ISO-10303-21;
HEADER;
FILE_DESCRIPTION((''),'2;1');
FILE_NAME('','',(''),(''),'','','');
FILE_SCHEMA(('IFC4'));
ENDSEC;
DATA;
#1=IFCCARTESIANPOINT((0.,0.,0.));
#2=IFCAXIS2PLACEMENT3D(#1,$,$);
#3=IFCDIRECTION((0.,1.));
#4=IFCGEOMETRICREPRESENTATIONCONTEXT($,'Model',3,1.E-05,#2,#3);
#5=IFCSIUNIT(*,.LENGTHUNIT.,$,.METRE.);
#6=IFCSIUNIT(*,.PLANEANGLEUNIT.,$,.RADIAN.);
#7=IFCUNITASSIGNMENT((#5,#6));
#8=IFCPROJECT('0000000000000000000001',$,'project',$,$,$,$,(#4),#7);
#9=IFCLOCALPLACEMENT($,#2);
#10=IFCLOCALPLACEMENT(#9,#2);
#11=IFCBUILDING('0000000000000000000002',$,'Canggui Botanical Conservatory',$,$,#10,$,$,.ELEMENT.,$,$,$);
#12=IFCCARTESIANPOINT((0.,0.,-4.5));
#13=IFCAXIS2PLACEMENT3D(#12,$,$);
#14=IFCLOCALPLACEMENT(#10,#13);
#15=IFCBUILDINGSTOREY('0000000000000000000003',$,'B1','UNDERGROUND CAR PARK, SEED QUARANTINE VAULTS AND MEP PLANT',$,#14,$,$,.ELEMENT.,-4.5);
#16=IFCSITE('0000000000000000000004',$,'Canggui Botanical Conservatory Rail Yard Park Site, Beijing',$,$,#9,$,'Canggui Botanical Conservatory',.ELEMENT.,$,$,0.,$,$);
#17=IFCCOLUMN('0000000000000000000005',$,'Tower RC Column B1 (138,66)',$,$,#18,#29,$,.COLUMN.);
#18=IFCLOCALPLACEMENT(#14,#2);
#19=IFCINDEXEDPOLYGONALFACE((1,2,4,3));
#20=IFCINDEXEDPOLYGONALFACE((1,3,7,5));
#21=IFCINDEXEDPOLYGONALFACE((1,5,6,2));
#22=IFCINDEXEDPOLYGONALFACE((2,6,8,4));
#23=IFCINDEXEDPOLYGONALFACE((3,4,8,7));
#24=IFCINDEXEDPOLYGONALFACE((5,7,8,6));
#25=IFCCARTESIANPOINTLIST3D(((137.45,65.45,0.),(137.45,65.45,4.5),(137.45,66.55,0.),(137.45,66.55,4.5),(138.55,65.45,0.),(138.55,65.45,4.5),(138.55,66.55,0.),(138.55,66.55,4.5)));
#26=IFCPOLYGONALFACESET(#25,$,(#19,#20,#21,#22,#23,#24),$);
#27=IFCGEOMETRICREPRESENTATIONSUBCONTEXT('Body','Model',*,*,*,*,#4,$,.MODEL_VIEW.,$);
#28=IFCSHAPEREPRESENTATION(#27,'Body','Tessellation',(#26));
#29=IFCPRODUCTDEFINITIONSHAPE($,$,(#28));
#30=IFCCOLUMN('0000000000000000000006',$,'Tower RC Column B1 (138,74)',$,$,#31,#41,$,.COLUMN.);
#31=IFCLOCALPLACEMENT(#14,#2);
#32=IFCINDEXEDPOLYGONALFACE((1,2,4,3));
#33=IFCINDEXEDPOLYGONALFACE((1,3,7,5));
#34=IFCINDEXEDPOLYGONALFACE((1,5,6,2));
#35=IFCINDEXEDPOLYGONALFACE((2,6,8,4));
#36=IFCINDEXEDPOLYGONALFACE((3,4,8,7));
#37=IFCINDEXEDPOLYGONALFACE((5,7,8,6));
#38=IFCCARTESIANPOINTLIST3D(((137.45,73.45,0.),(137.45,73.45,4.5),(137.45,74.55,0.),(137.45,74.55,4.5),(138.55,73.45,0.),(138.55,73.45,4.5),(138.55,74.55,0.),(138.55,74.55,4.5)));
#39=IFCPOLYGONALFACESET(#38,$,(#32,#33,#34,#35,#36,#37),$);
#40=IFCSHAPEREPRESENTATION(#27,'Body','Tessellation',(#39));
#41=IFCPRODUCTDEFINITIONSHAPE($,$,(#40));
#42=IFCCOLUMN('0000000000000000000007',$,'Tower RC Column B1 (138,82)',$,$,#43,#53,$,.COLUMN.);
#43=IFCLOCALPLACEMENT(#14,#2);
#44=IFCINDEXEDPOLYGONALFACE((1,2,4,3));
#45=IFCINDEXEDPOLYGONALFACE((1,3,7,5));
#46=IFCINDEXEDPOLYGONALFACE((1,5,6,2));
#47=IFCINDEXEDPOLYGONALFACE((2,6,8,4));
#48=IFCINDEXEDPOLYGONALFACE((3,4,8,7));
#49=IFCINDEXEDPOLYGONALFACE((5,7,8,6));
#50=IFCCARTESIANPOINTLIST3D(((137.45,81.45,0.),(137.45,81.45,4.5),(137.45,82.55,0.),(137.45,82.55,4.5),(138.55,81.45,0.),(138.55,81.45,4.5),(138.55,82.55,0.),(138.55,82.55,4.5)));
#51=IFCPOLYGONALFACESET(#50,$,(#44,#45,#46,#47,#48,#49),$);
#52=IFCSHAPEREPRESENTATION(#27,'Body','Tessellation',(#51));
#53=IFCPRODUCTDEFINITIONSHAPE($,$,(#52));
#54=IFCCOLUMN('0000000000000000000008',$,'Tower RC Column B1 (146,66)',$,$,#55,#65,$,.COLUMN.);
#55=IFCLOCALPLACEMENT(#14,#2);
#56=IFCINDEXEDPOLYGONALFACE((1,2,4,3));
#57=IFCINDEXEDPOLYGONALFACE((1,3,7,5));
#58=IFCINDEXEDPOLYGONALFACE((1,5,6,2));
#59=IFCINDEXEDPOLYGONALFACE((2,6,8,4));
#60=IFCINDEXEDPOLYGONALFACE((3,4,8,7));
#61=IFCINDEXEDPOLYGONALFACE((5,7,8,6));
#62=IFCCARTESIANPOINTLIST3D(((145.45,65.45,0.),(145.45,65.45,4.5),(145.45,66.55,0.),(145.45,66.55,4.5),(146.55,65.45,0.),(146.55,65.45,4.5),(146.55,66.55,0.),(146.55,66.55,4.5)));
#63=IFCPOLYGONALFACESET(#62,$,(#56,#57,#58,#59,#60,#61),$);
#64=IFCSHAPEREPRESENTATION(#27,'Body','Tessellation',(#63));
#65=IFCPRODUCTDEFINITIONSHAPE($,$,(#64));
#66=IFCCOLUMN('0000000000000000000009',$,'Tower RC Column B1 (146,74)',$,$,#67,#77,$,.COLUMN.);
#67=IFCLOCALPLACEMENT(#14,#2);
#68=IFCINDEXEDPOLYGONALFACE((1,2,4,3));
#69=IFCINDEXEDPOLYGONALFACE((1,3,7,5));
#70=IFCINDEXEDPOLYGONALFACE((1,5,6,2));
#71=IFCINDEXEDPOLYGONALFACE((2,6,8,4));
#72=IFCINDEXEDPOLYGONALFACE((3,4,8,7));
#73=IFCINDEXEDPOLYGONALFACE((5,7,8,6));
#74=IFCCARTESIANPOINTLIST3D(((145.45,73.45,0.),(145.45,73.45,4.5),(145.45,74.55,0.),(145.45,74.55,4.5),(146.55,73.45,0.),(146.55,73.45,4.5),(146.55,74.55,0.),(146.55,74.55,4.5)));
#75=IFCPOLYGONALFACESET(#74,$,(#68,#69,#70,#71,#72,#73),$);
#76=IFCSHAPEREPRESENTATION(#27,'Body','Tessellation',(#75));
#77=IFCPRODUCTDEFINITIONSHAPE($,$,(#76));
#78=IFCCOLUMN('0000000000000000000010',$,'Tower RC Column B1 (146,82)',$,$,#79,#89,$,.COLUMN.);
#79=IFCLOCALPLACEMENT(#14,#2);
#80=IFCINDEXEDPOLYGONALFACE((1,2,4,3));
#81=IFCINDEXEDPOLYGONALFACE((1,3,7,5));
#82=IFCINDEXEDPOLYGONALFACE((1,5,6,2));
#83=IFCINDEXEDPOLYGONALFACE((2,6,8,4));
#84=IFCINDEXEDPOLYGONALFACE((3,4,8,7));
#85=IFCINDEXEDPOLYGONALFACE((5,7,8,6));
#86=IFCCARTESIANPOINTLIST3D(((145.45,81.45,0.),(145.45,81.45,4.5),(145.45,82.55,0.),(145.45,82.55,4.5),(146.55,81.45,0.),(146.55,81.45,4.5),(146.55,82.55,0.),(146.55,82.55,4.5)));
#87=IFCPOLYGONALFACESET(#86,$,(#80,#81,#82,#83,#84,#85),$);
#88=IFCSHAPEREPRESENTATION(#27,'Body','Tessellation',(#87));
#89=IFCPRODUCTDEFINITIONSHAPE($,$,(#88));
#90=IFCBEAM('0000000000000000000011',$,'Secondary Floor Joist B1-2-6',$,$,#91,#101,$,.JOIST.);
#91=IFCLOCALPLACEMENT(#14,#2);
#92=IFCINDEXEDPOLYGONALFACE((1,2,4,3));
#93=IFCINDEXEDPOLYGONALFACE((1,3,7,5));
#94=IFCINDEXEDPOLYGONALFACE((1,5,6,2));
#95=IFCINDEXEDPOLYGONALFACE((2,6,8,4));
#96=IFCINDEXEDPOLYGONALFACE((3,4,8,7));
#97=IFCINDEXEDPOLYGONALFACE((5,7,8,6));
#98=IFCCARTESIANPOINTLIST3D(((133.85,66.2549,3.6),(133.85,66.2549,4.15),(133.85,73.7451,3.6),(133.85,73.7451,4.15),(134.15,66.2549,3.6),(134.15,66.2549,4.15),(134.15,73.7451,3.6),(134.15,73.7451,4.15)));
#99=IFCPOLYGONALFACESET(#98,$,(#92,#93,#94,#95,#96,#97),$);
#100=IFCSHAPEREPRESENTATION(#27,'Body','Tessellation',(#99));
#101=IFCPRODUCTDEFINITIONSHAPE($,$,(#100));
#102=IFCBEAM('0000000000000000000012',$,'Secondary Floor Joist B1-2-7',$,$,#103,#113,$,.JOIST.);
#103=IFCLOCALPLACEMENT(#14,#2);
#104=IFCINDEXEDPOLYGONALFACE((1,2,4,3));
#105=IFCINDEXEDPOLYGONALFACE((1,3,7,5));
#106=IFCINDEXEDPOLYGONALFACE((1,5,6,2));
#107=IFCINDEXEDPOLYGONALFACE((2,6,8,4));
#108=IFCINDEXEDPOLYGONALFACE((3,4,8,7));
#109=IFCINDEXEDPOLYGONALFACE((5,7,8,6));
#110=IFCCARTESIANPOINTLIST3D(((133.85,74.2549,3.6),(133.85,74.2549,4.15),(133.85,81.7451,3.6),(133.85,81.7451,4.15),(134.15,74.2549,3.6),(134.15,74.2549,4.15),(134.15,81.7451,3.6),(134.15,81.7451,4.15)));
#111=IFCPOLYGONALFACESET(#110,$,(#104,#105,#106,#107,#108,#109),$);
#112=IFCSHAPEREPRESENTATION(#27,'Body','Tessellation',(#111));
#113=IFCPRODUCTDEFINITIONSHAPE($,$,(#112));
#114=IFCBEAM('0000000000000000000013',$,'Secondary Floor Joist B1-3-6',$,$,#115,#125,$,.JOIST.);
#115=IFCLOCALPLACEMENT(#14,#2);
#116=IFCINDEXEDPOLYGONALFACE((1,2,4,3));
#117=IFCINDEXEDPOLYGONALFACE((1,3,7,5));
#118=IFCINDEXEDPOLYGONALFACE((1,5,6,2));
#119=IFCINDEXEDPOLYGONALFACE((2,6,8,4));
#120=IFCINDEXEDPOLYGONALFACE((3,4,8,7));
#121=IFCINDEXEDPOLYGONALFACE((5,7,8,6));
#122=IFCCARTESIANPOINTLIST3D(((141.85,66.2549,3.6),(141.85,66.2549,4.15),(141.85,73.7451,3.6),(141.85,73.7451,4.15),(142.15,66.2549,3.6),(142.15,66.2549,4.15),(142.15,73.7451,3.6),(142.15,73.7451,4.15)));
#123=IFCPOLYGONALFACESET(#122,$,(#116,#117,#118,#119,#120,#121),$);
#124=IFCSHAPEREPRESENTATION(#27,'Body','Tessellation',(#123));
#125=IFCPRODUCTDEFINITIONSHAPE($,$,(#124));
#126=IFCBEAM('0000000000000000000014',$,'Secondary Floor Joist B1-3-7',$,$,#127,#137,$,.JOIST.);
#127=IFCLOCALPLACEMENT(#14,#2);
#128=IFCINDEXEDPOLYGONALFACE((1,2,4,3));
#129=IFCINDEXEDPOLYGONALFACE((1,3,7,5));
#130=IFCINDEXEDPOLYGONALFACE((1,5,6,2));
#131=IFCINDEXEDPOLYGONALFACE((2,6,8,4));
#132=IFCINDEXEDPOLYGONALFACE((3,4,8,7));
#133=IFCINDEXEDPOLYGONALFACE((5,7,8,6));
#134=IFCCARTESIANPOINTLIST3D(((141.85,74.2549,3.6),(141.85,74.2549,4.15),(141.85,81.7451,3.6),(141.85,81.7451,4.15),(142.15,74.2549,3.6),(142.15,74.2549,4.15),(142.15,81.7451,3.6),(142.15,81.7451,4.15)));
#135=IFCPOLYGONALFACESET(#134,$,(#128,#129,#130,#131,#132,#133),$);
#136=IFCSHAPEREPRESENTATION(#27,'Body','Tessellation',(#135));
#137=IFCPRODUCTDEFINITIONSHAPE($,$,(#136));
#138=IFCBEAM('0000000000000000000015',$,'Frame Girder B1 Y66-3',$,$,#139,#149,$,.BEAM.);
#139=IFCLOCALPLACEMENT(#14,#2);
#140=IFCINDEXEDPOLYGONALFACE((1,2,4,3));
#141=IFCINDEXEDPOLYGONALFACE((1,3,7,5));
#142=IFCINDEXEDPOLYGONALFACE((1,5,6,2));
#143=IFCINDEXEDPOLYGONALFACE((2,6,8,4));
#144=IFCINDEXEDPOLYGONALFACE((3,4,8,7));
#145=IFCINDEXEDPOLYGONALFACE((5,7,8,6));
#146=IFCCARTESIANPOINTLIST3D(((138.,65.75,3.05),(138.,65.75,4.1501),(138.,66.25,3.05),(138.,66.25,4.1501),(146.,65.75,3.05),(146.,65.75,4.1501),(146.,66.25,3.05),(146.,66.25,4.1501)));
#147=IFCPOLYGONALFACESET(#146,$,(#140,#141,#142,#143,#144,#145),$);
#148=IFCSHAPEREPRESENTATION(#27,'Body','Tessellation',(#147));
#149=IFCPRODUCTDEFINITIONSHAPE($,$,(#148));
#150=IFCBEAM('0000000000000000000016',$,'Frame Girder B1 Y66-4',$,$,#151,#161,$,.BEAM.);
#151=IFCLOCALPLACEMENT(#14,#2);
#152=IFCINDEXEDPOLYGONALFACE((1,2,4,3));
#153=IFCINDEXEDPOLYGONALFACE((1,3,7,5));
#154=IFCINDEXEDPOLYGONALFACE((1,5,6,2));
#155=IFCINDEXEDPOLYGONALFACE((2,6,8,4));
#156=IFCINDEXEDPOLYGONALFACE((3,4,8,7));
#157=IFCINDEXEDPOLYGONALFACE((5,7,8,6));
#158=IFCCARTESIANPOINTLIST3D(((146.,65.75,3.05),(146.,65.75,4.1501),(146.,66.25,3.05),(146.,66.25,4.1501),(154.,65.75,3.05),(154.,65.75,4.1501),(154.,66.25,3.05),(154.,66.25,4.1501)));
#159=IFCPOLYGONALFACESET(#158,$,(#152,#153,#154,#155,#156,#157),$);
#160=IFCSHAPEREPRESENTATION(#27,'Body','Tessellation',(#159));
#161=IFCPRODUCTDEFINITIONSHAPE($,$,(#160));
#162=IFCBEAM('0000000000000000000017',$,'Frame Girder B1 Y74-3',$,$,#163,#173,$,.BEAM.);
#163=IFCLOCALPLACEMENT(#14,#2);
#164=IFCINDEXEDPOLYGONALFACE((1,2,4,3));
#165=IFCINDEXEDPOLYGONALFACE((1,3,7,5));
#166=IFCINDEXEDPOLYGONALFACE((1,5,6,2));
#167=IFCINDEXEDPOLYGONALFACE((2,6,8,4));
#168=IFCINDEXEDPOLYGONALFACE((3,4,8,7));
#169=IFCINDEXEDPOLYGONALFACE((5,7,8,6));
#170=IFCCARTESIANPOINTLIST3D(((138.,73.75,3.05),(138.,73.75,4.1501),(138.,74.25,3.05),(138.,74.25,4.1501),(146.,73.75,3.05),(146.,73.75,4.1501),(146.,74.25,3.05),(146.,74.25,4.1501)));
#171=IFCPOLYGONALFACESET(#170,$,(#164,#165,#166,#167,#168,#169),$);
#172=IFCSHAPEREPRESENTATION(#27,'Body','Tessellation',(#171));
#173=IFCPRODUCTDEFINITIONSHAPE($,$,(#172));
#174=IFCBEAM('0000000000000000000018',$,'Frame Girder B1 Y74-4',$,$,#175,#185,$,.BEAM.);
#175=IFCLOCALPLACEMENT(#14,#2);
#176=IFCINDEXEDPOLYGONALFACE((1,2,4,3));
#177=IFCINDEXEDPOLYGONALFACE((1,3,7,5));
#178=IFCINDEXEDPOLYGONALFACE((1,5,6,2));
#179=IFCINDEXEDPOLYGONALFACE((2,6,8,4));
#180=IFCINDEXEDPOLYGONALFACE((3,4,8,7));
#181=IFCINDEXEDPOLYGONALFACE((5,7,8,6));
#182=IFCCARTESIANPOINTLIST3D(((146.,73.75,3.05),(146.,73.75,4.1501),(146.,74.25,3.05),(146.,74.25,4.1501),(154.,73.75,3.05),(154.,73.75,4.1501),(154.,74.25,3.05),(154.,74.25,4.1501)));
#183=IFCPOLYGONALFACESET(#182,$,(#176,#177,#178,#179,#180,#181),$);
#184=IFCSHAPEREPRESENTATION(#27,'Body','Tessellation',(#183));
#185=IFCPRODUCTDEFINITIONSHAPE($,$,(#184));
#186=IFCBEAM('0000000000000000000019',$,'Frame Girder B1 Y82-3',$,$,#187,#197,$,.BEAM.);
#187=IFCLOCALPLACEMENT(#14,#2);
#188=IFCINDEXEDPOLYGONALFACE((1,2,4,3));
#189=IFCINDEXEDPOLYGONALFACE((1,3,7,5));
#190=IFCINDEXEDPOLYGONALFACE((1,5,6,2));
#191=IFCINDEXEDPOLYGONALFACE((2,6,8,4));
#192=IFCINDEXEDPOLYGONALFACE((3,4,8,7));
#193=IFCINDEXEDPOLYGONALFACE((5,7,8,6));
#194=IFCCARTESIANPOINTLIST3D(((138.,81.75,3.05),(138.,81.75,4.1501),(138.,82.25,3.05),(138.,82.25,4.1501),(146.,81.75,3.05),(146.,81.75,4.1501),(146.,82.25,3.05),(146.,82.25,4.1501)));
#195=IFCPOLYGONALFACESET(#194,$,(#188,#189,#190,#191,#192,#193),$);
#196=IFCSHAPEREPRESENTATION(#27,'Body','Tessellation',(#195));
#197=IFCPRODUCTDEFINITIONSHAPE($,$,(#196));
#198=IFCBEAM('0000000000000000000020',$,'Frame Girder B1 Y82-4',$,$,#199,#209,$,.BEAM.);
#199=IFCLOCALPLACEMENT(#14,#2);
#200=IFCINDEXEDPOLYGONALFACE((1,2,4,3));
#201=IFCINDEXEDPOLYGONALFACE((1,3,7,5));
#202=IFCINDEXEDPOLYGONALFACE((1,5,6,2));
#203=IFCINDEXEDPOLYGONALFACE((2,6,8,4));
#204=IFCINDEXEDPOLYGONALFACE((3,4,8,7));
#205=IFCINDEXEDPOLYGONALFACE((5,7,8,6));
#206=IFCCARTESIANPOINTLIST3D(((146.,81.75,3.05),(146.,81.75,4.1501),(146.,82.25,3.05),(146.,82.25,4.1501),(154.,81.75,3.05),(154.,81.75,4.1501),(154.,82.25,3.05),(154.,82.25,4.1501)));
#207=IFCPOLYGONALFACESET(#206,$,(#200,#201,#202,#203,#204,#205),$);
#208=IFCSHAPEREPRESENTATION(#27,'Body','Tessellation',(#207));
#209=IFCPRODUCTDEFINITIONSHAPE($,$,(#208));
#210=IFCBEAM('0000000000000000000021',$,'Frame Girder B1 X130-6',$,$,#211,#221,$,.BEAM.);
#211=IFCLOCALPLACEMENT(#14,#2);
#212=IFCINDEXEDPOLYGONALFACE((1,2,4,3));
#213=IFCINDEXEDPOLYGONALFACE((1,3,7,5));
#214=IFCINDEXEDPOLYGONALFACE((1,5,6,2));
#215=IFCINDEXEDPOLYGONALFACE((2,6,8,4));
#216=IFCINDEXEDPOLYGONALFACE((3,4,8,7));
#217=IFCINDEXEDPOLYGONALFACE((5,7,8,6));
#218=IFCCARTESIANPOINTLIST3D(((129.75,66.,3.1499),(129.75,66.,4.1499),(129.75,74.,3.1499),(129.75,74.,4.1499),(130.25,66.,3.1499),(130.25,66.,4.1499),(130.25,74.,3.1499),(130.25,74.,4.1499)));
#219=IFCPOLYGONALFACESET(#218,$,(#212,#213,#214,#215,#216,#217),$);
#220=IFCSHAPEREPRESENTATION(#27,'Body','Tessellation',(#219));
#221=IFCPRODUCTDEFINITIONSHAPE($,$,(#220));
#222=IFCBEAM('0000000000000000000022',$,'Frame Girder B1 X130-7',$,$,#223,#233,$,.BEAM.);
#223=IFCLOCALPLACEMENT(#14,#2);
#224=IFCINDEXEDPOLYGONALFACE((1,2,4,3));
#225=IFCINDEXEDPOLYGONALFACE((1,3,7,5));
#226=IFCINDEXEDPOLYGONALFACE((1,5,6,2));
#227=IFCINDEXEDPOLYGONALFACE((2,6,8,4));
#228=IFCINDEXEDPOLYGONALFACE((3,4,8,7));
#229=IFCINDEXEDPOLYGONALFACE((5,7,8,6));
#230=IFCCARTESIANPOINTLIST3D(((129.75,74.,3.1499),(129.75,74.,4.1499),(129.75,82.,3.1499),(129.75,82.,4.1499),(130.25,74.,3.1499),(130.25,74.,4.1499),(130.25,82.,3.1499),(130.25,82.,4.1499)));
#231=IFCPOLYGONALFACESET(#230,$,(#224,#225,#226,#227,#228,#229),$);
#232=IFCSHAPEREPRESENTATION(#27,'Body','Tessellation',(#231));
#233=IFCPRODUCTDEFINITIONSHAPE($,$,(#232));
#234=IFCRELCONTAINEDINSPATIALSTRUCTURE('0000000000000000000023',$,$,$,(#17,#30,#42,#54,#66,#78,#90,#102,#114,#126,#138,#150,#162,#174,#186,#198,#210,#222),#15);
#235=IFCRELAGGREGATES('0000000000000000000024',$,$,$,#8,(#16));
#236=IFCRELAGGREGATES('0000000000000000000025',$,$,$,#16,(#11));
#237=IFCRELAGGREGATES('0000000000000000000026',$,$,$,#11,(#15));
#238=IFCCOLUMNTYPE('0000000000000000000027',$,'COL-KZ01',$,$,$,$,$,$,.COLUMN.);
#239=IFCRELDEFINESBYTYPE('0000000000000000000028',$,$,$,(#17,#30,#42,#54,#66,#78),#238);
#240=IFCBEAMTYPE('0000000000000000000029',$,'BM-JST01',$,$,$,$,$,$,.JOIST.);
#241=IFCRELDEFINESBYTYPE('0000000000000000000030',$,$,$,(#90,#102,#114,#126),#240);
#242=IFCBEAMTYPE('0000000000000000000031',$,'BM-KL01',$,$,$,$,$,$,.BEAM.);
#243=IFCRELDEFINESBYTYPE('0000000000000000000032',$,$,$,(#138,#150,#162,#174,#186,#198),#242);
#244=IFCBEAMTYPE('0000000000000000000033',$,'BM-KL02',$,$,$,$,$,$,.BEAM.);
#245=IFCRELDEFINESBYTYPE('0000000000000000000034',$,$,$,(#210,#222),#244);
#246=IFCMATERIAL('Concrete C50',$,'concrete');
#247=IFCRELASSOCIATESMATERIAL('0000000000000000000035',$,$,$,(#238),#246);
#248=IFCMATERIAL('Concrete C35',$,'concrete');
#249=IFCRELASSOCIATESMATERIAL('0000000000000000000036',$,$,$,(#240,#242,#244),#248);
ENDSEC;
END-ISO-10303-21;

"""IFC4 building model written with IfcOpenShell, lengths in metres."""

from ifc_helpers import new_model, si_unit, direction, frame, origin, origin_2d, place, context, subcontext, project, spatial, rectangle, extrude, material, material_profile, profile_set, type_object, element, save


model = new_model("IFC4")

# Units and contexts
model_context = context("Model", 3, precision=1e-05, world=origin(), true_north=direction((0.0, 1.0)))
body_context = subcontext(model_context, "Body", "Model", "MODEL_VIEW")
ifc_project = project(units=[si_unit("LENGTHUNIT", "METRE"), si_unit("PLANEANGLEUNIT", "RADIAN")], contexts=[model_context])

# Site, building, storey
site_placement = place(None, origin())
site = spatial("IfcSite", under=ifc_project, at=site_placement, Name="Canggui Botanical Conservatory Rail Yard Park Site, Beijing", LongName="Canggui Botanical Conservatory", CompositionType="ELEMENT", RefElevation=0.0)
building_placement = place(site_placement, origin())
building = spatial("IfcBuilding", under=site, at=building_placement, Name="Canggui Botanical Conservatory", CompositionType="ELEMENT")
storey_placement = place(building_placement, frame((0.0, 0.0, -4.5)))
storey = spatial("IfcBuildingStorey", under=building, at=storey_placement, Name="B1", Description="UNDERGROUND CAR PARK, SEED QUARANTINE VAULTS AND MEP PLANT", CompositionType="ELEMENT", Elevation=-4.5)

# Columns
ifc_material_1 = material(Name="Concrete C50", Category="concrete")
ifc_material_profile_1 = material_profile(ifc_material_1, rectangle(XDim=1.1001, YDim=1.1001, at=origin_2d()), Name="RC 1100x1100")
ifc_profile_set_1 = profile_set([ifc_material_profile_1], Name="Concrete C50")
column_type = type_object("IfcColumnType", Name="COL-KZ01", PredefinedType="COLUMN", material=ifc_profile_set_1)
for number, where, z_axis, x_axis, name in (
    (1, (138.0, 66.0, 0.0), (0.0, 0.0, 1.0), (1.0, 0.0, 0.0), "Tower RC Column B1 (138,66)"),
    (2, (138.0, 74.0, 0.0), (0.0, 0.0, 1.0), (1.0, 0.0, 0.0), "Tower RC Column B1 (138,74)"),
    (3, (138.0, 82.0, 0.0), (0.0, 0.0, 1.0), (1.0, 0.0, 0.0), "Tower RC Column B1 (138,82)"),
    (4, (146.0, 66.0, 0.0), (0.0, 0.0, 1.0), (1.0, 0.0, 0.0), "Tower RC Column B1 (146,66)"),
    (5, (146.0, 74.0, 0.0), (0.0, 0.0, 1.0), (1.0, 0.0, 0.0), "Tower RC Column B1 (146,74)"),
    (6, (146.0, 82.0, 0.0), (0.0, 0.0, 1.0), (1.0, 0.0, 0.0), "Tower RC Column B1 (146,82)"),
):
    element("IfcColumn", number, at=place(storey_placement, frame(where, z_axis=z_axis, x_axis=x_axis)), inside=storey, type_object=column_type, Name=name, PredefinedType="COLUMN", context=body_context, shape_type="SweptSolid", body=[
        extrude(rectangle(XDim=1.1001, YDim=1.1001, at=origin_2d()), origin(), (0.0, 0.0, 1.0), 4.5),
    ])

# Beams
ifc_material_2 = material(Name="Concrete C35", Category="concrete")
ifc_material_profile_2 = material_profile(ifc_material_2, rectangle(XDim=0.3, YDim=0.55, at=origin_2d()), Name="RB 300x550")
ifc_profile_set_2 = profile_set([ifc_material_profile_2], Name="Concrete C35")
beam_type_1 = type_object("IfcBeamType", Name="BM-JST01", PredefinedType="JOIST", material=ifc_profile_set_2)
for number, where, z_axis, x_axis, name in (
    (7, (134.0, 66.2549, 3.875), (0.0, 1.0, 0.0), (-1.0, 0.0, 0.0), "Secondary Floor Joist B1-2-6"),
    (8, (134.0, 74.2549, 3.875), (0.0, 1.0, 0.0), (-1.0, 0.0, 0.0), "Secondary Floor Joist B1-2-7"),
    (9, (142.0, 66.2549, 3.875), (0.0, 1.0, 0.0), (-1.0, 0.0, 0.0), "Secondary Floor Joist B1-3-6"),
    (10, (142.0, 74.2549, 3.875), (0.0, 1.0, 0.0), (-1.0, 0.0, 0.0), "Secondary Floor Joist B1-3-7"),
):
    element("IfcBeam", number, at=place(storey_placement, frame(where, z_axis=z_axis, x_axis=x_axis)), inside=storey, type_object=beam_type_1, Name=name, PredefinedType="JOIST", context=body_context, shape_type="SweptSolid", body=[
        extrude(rectangle(XDim=0.3, YDim=0.55, at=origin_2d()), origin(), (0.0, 0.0, 1.0), 7.4902),
    ])
ifc_material_profile_3 = material_profile(ifc_material_2, rectangle(XDim=0.5, YDim=1.1001, at=origin_2d()), Name="RB 500x1100")
ifc_profile_set_3 = profile_set([ifc_material_profile_3], Name="Concrete C35")
beam_type_2 = type_object("IfcBeamType", Name="BM-KL01", PredefinedType="BEAM", material=ifc_profile_set_3)
for number, where, z_axis, x_axis, name in (
    (11, (138.0, 66.0, 3.6001), (1.0, 0.0, 0.0), (0.0, 1.0, 0.0), "Frame Girder B1 Y66-3"),
    (12, (146.0, 66.0, 3.6001), (1.0, 0.0, 0.0), (0.0, 1.0, 0.0), "Frame Girder B1 Y66-4"),
    (13, (138.0, 74.0, 3.6001), (1.0, 0.0, 0.0), (0.0, 1.0, 0.0), "Frame Girder B1 Y74-3"),
    (14, (146.0, 74.0, 3.6001), (1.0, 0.0, 0.0), (0.0, 1.0, 0.0), "Frame Girder B1 Y74-4"),
    (15, (138.0, 82.0, 3.6001), (1.0, 0.0, 0.0), (0.0, 1.0, 0.0), "Frame Girder B1 Y82-3"),
    (16, (146.0, 82.0, 3.6001), (1.0, 0.0, 0.0), (0.0, 1.0, 0.0), "Frame Girder B1 Y82-4"),
):
    element("IfcBeam", number, at=place(storey_placement, frame(where, z_axis=z_axis, x_axis=x_axis)), inside=storey, type_object=beam_type_2, Name=name, PredefinedType="BEAM", context=body_context, shape_type="SweptSolid", body=[
        extrude(rectangle(XDim=0.5, YDim=1.1001, at=origin_2d()), origin(), (0.0, 0.0, 1.0), 8.0),
    ])
ifc_material_profile_4 = material_profile(ifc_material_2, rectangle(XDim=0.5, YDim=1.0, at=origin_2d()), Name="RB 500x1000")
ifc_profile_set_4 = profile_set([ifc_material_profile_4], Name="Concrete C35")
beam_type_3 = type_object("IfcBeamType", Name="BM-KL02", PredefinedType="BEAM", material=ifc_profile_set_4)
for number, where, z_axis, x_axis, name in (
    (17, (130.0, 66.0, 3.6499), (0.0, 1.0, 0.0), (-1.0, 0.0, 0.0), "Frame Girder B1 X130-6"),
    (18, (130.0, 74.0, 3.6499), (0.0, 1.0, 0.0), (-1.0, 0.0, 0.0), "Frame Girder B1 X130-7"),
):
    element("IfcBeam", number, at=place(storey_placement, frame(where, z_axis=z_axis, x_axis=x_axis)), inside=storey, type_object=beam_type_3, Name=name, PredefinedType="BEAM", context=body_context, shape_type="SweptSolid", body=[
        extrude(rectangle(XDim=0.5, YDim=1.0, at=origin_2d()), origin(), (0.0, 0.0, 1.0), 8.0),
    ])

save(model, "model.ifc")
